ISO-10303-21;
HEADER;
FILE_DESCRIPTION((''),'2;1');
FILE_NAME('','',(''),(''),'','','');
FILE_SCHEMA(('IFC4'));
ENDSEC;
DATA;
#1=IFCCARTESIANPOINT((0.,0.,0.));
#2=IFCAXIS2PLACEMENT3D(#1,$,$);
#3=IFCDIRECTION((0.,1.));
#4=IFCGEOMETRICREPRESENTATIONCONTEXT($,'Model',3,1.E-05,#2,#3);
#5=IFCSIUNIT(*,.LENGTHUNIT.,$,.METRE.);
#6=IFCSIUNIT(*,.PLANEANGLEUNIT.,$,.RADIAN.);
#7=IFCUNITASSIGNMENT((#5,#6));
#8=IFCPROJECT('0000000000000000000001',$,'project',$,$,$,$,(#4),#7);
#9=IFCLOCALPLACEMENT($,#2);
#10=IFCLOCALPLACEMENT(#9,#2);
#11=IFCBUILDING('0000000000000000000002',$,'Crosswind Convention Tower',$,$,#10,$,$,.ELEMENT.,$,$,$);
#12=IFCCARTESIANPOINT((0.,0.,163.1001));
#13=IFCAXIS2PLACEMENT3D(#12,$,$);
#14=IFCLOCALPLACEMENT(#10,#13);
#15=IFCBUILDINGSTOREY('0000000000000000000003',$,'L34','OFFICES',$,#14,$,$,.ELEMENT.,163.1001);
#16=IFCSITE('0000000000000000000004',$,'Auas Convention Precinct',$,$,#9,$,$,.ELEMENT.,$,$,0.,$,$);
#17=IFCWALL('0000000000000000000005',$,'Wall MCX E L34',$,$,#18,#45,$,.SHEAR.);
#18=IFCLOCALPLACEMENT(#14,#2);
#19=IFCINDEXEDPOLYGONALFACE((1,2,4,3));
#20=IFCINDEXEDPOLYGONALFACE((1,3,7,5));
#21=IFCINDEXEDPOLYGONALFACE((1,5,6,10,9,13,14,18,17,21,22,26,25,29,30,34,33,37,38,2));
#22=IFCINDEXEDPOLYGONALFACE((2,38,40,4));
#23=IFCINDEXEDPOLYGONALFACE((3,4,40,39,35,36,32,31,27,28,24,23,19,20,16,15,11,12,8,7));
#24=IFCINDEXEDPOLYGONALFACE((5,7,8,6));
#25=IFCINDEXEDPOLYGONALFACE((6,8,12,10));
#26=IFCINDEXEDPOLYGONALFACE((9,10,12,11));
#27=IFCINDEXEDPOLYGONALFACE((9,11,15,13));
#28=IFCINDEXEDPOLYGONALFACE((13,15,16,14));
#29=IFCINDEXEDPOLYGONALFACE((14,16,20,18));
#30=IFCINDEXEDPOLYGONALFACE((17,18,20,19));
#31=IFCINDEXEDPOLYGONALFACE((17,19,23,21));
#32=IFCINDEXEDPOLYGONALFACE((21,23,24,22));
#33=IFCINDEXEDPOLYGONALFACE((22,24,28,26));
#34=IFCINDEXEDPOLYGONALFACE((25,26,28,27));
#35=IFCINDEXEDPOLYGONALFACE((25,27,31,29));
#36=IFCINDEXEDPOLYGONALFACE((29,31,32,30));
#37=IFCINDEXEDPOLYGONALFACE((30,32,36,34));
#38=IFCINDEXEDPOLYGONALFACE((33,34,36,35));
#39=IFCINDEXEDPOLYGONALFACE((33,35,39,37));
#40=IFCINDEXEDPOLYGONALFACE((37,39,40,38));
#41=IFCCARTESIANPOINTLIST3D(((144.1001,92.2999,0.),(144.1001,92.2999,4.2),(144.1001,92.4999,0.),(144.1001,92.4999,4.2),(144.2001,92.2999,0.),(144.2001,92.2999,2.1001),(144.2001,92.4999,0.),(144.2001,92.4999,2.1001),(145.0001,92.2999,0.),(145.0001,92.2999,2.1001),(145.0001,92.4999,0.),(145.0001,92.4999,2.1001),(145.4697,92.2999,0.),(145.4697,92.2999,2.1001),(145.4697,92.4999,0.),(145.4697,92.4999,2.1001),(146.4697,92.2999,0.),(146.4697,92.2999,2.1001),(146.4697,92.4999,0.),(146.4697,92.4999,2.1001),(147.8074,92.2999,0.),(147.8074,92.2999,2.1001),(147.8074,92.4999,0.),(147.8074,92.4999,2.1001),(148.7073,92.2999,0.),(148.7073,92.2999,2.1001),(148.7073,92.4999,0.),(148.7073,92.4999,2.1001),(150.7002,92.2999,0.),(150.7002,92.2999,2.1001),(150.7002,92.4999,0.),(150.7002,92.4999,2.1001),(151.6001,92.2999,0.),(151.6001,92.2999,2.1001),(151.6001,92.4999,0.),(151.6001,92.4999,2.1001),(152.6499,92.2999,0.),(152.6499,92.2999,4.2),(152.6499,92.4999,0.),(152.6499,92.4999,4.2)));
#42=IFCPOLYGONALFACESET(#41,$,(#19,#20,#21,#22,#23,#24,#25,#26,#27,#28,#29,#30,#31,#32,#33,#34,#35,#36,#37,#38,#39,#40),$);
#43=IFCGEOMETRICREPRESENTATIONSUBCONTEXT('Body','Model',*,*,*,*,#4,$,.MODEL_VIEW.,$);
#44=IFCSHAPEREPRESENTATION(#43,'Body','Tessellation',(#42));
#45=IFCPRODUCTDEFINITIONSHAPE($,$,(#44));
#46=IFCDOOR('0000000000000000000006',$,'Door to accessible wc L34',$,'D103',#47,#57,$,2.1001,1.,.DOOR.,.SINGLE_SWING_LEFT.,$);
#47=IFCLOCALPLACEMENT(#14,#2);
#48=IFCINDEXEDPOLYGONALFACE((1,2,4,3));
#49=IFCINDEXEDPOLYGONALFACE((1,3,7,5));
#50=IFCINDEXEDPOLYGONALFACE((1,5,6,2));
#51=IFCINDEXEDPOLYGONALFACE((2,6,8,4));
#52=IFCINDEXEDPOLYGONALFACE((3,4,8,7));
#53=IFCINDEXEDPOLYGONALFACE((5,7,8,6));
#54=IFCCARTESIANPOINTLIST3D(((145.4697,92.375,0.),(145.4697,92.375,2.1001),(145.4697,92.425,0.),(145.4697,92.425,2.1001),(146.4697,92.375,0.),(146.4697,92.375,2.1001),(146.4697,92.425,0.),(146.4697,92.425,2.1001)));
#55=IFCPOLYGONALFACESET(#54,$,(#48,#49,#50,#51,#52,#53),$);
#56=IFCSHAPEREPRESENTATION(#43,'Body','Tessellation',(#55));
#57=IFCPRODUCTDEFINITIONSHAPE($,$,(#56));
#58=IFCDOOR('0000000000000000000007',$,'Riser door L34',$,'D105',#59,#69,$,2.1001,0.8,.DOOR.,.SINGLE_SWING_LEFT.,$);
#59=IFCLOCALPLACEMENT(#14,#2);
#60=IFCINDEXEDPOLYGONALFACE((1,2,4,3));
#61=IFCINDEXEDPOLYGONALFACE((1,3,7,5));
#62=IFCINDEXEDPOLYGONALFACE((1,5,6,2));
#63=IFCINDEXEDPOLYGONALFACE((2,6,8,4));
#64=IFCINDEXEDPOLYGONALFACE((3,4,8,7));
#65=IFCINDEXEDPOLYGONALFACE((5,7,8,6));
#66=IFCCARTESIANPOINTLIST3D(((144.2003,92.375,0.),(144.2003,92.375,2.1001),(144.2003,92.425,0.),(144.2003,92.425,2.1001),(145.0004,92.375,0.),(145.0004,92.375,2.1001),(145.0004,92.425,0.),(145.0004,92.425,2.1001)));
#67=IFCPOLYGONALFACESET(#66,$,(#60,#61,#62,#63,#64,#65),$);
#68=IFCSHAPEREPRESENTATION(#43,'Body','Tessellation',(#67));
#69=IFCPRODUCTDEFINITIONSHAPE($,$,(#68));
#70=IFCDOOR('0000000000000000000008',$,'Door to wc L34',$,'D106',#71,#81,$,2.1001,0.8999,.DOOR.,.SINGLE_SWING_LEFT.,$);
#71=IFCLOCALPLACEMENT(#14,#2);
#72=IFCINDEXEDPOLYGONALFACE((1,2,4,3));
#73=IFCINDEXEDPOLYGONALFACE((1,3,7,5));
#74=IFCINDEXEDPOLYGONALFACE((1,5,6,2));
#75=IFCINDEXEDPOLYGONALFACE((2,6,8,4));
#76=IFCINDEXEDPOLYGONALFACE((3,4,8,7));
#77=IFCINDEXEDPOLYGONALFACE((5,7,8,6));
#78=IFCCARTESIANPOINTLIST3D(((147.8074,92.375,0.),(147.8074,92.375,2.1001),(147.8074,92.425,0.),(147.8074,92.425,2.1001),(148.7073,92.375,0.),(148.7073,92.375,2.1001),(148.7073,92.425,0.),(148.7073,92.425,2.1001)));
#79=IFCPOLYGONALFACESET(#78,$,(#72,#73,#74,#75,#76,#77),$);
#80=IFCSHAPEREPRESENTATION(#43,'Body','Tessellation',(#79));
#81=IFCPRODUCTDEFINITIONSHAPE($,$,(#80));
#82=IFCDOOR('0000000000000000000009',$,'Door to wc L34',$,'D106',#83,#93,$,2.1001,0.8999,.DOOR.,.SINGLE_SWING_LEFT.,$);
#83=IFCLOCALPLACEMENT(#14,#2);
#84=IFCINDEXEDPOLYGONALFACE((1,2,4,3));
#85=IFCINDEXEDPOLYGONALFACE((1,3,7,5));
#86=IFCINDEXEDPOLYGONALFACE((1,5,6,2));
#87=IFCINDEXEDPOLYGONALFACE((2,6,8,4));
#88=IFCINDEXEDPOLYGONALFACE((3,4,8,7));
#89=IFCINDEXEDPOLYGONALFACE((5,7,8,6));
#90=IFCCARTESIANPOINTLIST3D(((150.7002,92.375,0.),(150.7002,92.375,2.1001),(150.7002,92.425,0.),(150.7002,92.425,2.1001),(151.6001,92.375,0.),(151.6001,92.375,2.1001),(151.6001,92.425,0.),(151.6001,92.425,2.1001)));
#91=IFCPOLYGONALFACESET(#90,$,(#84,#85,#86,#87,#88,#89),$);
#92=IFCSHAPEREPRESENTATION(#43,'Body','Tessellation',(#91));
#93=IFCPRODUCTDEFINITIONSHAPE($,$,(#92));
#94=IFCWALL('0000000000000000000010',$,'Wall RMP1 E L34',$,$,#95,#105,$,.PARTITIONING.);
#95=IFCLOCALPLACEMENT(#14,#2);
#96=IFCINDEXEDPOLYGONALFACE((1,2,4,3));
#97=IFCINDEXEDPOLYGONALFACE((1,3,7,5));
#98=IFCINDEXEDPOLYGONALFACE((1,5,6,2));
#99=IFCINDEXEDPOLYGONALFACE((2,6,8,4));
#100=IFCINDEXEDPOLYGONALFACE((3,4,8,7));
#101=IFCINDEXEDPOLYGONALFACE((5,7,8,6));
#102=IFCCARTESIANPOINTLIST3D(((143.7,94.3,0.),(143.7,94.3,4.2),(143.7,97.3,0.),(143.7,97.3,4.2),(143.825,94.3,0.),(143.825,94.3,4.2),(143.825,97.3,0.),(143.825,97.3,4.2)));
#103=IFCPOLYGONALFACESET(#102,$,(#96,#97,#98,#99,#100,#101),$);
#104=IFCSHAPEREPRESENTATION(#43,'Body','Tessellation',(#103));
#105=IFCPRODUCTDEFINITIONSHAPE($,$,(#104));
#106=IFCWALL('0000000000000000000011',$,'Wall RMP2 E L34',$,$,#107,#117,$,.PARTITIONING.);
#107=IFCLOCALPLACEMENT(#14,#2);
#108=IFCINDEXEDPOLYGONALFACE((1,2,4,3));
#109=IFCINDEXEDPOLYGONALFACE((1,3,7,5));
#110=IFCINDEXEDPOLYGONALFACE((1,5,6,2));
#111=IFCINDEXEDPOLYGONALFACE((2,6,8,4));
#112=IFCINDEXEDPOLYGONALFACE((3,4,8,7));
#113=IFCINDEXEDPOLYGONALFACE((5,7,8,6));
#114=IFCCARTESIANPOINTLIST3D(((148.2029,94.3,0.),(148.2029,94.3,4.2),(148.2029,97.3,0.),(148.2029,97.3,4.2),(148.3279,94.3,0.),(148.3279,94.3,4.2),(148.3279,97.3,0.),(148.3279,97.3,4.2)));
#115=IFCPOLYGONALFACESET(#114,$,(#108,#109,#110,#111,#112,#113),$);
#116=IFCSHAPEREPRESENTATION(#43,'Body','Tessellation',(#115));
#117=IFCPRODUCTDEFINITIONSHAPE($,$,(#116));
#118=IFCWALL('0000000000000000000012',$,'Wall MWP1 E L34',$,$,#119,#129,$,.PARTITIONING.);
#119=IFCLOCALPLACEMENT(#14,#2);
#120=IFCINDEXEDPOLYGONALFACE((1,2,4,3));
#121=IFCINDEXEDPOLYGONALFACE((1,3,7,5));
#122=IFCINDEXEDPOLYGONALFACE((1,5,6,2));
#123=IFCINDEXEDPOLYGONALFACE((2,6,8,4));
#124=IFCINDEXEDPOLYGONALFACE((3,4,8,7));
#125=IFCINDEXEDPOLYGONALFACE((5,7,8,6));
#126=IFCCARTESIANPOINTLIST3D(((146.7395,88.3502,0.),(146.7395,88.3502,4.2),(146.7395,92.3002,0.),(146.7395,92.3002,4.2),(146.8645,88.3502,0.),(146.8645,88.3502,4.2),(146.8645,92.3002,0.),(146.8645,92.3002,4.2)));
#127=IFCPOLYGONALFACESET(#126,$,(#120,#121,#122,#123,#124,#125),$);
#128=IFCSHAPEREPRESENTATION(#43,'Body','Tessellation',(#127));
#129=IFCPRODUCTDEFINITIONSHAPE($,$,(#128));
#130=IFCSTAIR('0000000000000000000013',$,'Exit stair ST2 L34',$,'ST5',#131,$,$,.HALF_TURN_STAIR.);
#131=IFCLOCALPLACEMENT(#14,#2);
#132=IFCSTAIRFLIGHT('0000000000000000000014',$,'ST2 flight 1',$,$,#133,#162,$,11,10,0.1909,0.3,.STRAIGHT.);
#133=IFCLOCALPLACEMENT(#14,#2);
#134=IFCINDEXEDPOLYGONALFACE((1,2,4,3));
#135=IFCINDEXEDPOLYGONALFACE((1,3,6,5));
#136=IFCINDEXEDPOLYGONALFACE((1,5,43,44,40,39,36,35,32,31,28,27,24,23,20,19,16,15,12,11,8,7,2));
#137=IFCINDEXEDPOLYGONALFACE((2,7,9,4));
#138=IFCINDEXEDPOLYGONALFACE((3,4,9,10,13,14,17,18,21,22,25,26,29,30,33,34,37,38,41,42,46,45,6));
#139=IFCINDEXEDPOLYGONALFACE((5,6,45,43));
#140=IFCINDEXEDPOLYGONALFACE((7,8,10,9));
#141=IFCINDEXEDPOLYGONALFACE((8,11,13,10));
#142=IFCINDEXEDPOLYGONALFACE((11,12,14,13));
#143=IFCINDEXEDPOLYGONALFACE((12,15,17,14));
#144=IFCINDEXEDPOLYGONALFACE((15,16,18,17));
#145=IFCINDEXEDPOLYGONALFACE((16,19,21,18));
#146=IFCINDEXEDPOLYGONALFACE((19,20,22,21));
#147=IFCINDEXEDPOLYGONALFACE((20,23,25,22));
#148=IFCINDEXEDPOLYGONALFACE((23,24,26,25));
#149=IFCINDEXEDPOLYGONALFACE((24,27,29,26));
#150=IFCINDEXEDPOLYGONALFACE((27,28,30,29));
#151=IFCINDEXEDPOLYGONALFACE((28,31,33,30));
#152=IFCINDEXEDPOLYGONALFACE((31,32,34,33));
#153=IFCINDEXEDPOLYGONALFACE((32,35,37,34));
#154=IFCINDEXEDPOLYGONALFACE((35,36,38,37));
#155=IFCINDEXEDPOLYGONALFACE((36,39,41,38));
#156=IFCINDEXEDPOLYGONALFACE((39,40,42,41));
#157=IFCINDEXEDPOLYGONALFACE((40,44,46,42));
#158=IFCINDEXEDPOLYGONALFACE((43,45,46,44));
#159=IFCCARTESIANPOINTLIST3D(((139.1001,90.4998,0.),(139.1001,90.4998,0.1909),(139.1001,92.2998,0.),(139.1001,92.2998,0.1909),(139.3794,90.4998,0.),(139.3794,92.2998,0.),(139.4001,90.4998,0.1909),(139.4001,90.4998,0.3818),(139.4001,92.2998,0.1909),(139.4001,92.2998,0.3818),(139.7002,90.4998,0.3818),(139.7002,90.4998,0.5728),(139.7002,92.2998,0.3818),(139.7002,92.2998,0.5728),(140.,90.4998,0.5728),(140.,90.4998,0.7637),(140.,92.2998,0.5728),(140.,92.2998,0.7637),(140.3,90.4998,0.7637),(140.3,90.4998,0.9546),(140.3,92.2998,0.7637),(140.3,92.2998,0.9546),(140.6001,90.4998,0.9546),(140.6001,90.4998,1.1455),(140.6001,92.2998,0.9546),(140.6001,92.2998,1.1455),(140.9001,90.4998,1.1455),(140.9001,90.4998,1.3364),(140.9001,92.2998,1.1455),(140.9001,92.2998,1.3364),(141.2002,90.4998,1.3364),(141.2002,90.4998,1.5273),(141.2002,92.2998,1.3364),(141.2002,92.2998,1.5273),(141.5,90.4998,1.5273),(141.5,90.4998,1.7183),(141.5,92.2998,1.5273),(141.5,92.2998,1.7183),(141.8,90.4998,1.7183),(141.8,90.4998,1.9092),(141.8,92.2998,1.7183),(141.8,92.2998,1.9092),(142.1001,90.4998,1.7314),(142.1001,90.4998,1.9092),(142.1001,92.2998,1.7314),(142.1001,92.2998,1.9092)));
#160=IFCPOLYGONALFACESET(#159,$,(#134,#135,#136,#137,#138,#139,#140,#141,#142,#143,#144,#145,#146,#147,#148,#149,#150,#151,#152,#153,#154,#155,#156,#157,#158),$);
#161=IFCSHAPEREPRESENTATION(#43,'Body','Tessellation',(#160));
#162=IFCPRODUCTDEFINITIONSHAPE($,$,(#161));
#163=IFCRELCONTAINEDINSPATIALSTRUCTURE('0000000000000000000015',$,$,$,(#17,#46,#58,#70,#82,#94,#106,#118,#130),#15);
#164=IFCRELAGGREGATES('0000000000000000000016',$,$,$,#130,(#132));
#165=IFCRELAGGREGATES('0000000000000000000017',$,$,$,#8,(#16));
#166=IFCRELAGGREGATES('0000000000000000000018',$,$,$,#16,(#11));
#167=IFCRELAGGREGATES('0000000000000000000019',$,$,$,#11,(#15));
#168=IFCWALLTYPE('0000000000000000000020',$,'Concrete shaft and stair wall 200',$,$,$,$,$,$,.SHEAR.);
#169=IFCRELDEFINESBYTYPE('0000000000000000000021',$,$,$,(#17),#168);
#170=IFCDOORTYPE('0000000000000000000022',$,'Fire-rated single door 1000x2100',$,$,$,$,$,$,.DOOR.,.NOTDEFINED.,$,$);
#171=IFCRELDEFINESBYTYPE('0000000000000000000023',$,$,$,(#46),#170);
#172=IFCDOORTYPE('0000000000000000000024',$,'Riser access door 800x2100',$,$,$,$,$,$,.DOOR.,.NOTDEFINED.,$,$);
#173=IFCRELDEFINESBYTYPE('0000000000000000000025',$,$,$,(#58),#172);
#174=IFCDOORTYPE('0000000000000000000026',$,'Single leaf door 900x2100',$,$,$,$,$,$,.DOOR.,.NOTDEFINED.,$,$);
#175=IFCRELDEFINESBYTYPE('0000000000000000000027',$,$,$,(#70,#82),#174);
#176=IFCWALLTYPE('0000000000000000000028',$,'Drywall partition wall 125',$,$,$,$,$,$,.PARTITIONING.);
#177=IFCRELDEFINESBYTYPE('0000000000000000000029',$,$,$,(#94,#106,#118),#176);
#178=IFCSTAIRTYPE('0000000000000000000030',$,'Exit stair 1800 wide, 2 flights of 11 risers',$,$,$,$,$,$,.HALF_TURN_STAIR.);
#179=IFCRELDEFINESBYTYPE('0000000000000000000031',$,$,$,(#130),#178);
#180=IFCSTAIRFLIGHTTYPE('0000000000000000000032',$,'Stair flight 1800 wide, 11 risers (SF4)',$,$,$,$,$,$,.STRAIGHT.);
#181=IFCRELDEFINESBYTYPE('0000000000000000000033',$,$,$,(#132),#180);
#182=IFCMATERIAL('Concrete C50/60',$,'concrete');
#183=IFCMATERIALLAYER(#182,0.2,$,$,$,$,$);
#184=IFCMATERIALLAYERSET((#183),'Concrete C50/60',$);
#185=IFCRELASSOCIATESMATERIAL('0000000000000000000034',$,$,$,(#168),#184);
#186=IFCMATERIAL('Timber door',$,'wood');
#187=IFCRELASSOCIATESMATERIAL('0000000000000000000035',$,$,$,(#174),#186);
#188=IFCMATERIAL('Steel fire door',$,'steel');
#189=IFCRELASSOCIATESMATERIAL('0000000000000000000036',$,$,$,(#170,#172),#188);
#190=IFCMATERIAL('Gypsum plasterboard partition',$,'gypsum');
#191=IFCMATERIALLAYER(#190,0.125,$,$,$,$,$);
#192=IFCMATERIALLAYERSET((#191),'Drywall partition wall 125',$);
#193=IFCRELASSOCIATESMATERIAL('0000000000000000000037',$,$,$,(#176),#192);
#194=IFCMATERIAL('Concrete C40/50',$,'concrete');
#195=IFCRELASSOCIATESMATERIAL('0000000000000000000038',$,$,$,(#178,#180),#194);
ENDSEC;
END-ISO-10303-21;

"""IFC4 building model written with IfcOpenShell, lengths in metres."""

from ifc_helpers import new_model, si_unit, direction, frame, frame_2d, origin, place, context, subcontext, project, spatial, polyline, rectangle, outline, extrude, material, layer, layer_set, type_object, element, fill, aggregate, save


model = new_model("IFC4")

# Units and contexts
model_context = context("Model", 3, precision=1e-05, world=origin(), true_north=direction((0.0, 1.0)))
body_context = subcontext(model_context, "Body", "Model", "MODEL_VIEW")
ifc_project = project(units=[si_unit("LENGTHUNIT", "METRE"), si_unit("PLANEANGLEUNIT", "RADIAN")], contexts=[model_context])

# Site, building, storey
site_placement = place(None, origin())
site = spatial("IfcSite", under=ifc_project, at=site_placement, Name="Auas Convention Precinct", CompositionType="ELEMENT", RefElevation=0.0)
building_placement = place(site_placement, origin())
building = spatial("IfcBuilding", under=site, at=building_placement, Name="Crosswind Convention Tower", CompositionType="ELEMENT")
storey_placement = place(building_placement, frame((0.0, 0.0, 163.1001)))
storey = spatial("IfcBuildingStorey", under=building, at=storey_placement, Name="L34", Description="OFFICES", CompositionType="ELEMENT", Elevation=163.1001)

# Shared definitions
ifc_material_1 = material(Name="Concrete C50/60", Category="concrete")
ifc_layer_1 = layer(ifc_material_1, 0.2)
ifc_layer_set_1 = layer_set([ifc_layer_1], Name="Concrete C50/60")
wall_type_1 = type_object("IfcWallType", Name="Concrete shaft and stair wall 200", PredefinedType="SHEAR", material=ifc_layer_set_1)

# Shared definitions
ifc_material_2 = material(Name="Timber door", Category="wood")
door_type_1 = type_object("IfcDoorType", Name="Single leaf door 900x2100", OperationType="NOTDEFINED", PredefinedType="DOOR", material=ifc_material_2)

# Wall, openings, doors
wall_1_placement = place(storey_placement, frame((144.1001, 92.3999, 0.0), z_axis=(0.0, 0.0, 1.0), x_axis=(1.0, 0.0, 0.0)))
wall_1 = element("IfcWall", 1, at=wall_1_placement, inside=storey, type_object=wall_type_1, Name="Wall MCX E L34", PredefinedType="SHEAR", context=body_context, shape_type="SweptSolid", body=[
    extrude(rectangle(XDim=8.5498, YDim=0.2, at=frame_2d((4.2749, 0.0))), origin(), (0.0, 0.0, 1.0), 4.2),
])
opening_1_placement = place(wall_1_placement, frame((0.1001, 0.0, 0.0)))
opening_1 = element("IfcOpeningElement", 2, at=opening_1_placement, cuts=wall_1, PredefinedType="OPENING", context=body_context, shape_type="SweptSolid", body=[
    extrude(rectangle(XDim=0.8, YDim=2.1001, at=frame_2d((0.3999, 1.05))), frame((0.0, 0.1099, 0.0), z_axis=(0.0, -1.0, 0.0), x_axis=(1.0, 0.0, 0.0)), (0.0, 0.0, 1.0), 0.22),
])
opening_2_placement = place(wall_1_placement, frame((1.3696, 0.0, 0.0)))
opening_2 = element("IfcOpeningElement", 3, at=opening_2_placement, cuts=wall_1, PredefinedType="OPENING", context=body_context, shape_type="SweptSolid", body=[
    extrude(rectangle(XDim=1.0, YDim=2.1001, at=frame_2d((0.5, 1.05))), frame((0.0, 0.1099, 0.0), z_axis=(0.0, -1.0, 0.0), x_axis=(1.0, 0.0, 0.0)), (0.0, 0.0, 1.0), 0.22),
])
opening_3_placement = place(wall_1_placement, frame((3.7073, 0.0, 0.0)))
opening_3 = element("IfcOpeningElement", 4, at=opening_3_placement, cuts=wall_1, PredefinedType="OPENING", context=body_context, shape_type="SweptSolid", body=[
    extrude(rectangle(XDim=0.8999, YDim=2.1001, at=frame_2d((0.45, 1.05))), frame((0.0, 0.1099, 0.0), z_axis=(0.0, -1.0, 0.0), x_axis=(1.0, 0.0, 0.0)), (0.0, 0.0, 1.0), 0.22),
])
opening_4_placement = place(wall_1_placement, frame((6.6001, 0.0, 0.0)))
opening_4 = element("IfcOpeningElement", 5, at=opening_4_placement, cuts=wall_1, PredefinedType="OPENING", context=body_context, shape_type="SweptSolid", body=[
    extrude(rectangle(XDim=0.8999, YDim=2.1001, at=frame_2d((0.45, 1.05))), frame((0.0, 0.1099, 0.0), z_axis=(0.0, -1.0, 0.0), x_axis=(1.0, 0.0, 0.0)), (0.0, 0.0, 1.0), 0.22),
])
ifc_material_3 = material(Name="Steel fire door", Category="steel")
door_type_2 = type_object("IfcDoorType", Name="Fire-rated single door 1000x2100", OperationType="NOTDEFINED", PredefinedType="DOOR", material=ifc_material_3)
door_1_placement = place(opening_2_placement, frame((1.0, 0.0, 0.0), z_axis=(0.0, 0.0, 1.0), x_axis=(-1.0, 0.0, 0.0)))
door_1 = element("IfcDoor", 6, at=door_1_placement, inside=storey, type_object=door_type_2, Name="Door to accessible wc L34", ObjectType="D103", OperationType="SINGLE_SWING_LEFT", OverallHeight=2.1001, OverallWidth=1.0, PredefinedType="DOOR", context=body_context, shape_type="SweptSolid", body=[
    extrude(rectangle(XDim=1.0, YDim=2.1001, at=frame_2d((0.5, 1.05))), frame((0.0, 0.0249, 0.0), z_axis=(0.0, -1.0, 0.0), x_axis=(1.0, 0.0, 0.0)), (0.0, 0.0, 1.0), 0.05),
])
fill(opening_2, door_1)
door_type_3 = type_object("IfcDoorType", Name="Riser access door 800x2100", OperationType="NOTDEFINED", PredefinedType="DOOR", material=ifc_material_3)
door_2_placement = place(opening_1_placement, frame((0.8, 0.0, 0.0), z_axis=(0.0, 0.0, 1.0), x_axis=(-1.0, 0.0, 0.0)))
door_2 = element("IfcDoor", 7, at=door_2_placement, inside=storey, type_object=door_type_3, Name="Riser door L34", ObjectType="D105", OperationType="SINGLE_SWING_LEFT", OverallHeight=2.1001, OverallWidth=0.8, PredefinedType="DOOR", context=body_context, shape_type="SweptSolid", body=[
    extrude(rectangle(XDim=0.8, YDim=2.1001, at=frame_2d((0.3999, 1.05))), frame((0.0, 0.0249, 0.0), z_axis=(0.0, -1.0, 0.0), x_axis=(1.0, 0.0, 0.0)), (0.0, 0.0, 1.0), 0.05),
])
fill(opening_1, door_2)
door_3_placement = place(opening_3_placement, frame((0.8999, 0.0, 0.0), z_axis=(0.0, 0.0, 1.0), x_axis=(-1.0, 0.0, 0.0)))
door_3 = element("IfcDoor", 8, at=door_3_placement, inside=storey, type_object=door_type_1, Name="Door to wc L34", ObjectType="D106", OperationType="SINGLE_SWING_LEFT", OverallHeight=2.1001, OverallWidth=0.8999, PredefinedType="DOOR", context=body_context, shape_type="SweptSolid", body=[
    extrude(rectangle(XDim=0.8999, YDim=2.1001, at=frame_2d((0.45, 1.05))), frame((0.0, 0.0249, 0.0), z_axis=(0.0, -1.0, 0.0), x_axis=(1.0, 0.0, 0.0)), (0.0, 0.0, 1.0), 0.05),
])
fill(opening_3, door_3)
door_4_placement = place(opening_4_placement, frame((0.8999, 0.0, 0.0), z_axis=(0.0, 0.0, 1.0), x_axis=(-1.0, 0.0, 0.0)))
door_4 = element("IfcDoor", 9, at=door_4_placement, inside=storey, type_object=door_type_1, Name="Door to wc L34", ObjectType="D106", OperationType="SINGLE_SWING_LEFT", OverallHeight=2.1001, OverallWidth=0.8999, PredefinedType="DOOR", context=body_context, shape_type="SweptSolid", body=[
    extrude(rectangle(XDim=0.8999, YDim=2.1001, at=frame_2d((0.45, 1.05))), frame((0.0, 0.0249, 0.0), z_axis=(0.0, -1.0, 0.0), x_axis=(1.0, 0.0, 0.0)), (0.0, 0.0, 1.0), 0.05),
])
fill(opening_4, door_4)

# Walls
ifc_material_4 = material(Name="Gypsum plasterboard partition", Category="gypsum")
ifc_layer_2 = layer(ifc_material_4, 0.125)
ifc_layer_set_2 = layer_set([ifc_layer_2], Name="Drywall partition wall 125")
wall_type_2 = type_object("IfcWallType", Name="Drywall partition wall 125", PredefinedType="PARTITIONING", material=ifc_layer_set_2)
for number, where, z_axis, x_axis, name in (
    (10, (143.7625, 94.3, 0.0), (0.0, 0.0, 1.0), (0.0, 1.0, 0.0), "Wall RMP1 E L34"),
    (11, (148.2654, 94.3, 0.0), (0.0, 0.0, 1.0), (0.0, 1.0, 0.0), "Wall RMP2 E L34"),
):
    element("IfcWall", number, at=place(storey_placement, frame(where, z_axis=z_axis, x_axis=x_axis)), inside=storey, type_object=wall_type_2, Name=name, PredefinedType="PARTITIONING", context=body_context, shape_type="SweptSolid", body=[
        extrude(rectangle(XDim=3.0, YDim=0.125, at=frame_2d((1.5, 0.0))), origin(), (0.0, 0.0, 1.0), 4.2),
    ])
wall_2_placement = place(storey_placement, frame((146.802, 88.3501, 0.0), z_axis=(0.0, 0.0, 1.0), x_axis=(0.0, 1.0, 0.0)))
element("IfcWall", 12, at=wall_2_placement, inside=storey, type_object=wall_type_2, Name="Wall MWP1 E L34", PredefinedType="PARTITIONING", context=body_context, shape_type="SweptSolid", body=[
    extrude(rectangle(XDim=3.95, YDim=0.125, at=frame_2d((1.9751, 0.0))), origin(), (0.0, 0.0, 1.0), 4.2),
])

# Stair, stair flight
ifc_material_5 = material(Name="Concrete C40/50", Category="concrete")
stair_type = type_object("IfcStairType", Name="Exit stair 1800 wide, 2 flights of 11 risers", PredefinedType="HALF_TURN_STAIR", material=ifc_material_5)
stair_placement = place(storey_placement, origin())
stair = element("IfcStair", 13, at=stair_placement, inside=storey, type_object=stair_type, Name="Exit stair ST2 L34", ObjectType="ST5", PredefinedType="HALF_TURN_STAIR")
stair_flight_type = type_object("IfcStairFlightType", Name="Stair flight 1800 wide, 11 risers (SF4)", PredefinedType="STRAIGHT", material=ifc_material_5)
stair_flight_1_placement = place(storey_placement, frame((139.1001, 91.3999, 0.0), z_axis=(0.0, 0.0, 1.0), x_axis=(1.0, 0.0, 0.0)))
stair_flight_1 = element("IfcStairFlight", 14, at=stair_flight_1_placement, type_object=stair_flight_type, Name="ST2 flight 1", NumberOfRisers=11, NumberOfTreads=10, PredefinedType="STRAIGHT", RiserHeight=0.1909, TreadLength=0.3, context=body_context, shape_type="SweptSolid", body=[
    extrude(outline(polyline([(0.0, 0.0), (0.0, 0.1909), (0.3, 0.1909), (0.3, 0.3818), (0.6001, 0.3818), (0.6001, 0.5728), (0.8999, 0.5728), (0.8999, 0.7637), (1.2, 0.7637), (1.2, 0.9546), (1.5, 0.9546), (1.5, 1.1455), (1.8, 1.1455), (1.8, 1.3364), (2.1001, 1.3364), (2.1001, 1.5273), (2.3999, 1.5273), (2.3999, 1.7183), (2.7, 1.7183), (2.7, 1.9092), (3.0, 1.9092), (3.0, 2.1001), (3.0, 1.7314), (0.2793, 0.0), (0.0, 0.0)])), frame((0.0, 0.8999, 0.0), z_axis=(0.0, -1.0, 0.0), x_axis=(1.0, 0.0, 0.0)), (0.0, 0.0, 1.0), 1.8),
])
aggregate(stair, [stair_flight_1])

save(model, "model.ifc")
